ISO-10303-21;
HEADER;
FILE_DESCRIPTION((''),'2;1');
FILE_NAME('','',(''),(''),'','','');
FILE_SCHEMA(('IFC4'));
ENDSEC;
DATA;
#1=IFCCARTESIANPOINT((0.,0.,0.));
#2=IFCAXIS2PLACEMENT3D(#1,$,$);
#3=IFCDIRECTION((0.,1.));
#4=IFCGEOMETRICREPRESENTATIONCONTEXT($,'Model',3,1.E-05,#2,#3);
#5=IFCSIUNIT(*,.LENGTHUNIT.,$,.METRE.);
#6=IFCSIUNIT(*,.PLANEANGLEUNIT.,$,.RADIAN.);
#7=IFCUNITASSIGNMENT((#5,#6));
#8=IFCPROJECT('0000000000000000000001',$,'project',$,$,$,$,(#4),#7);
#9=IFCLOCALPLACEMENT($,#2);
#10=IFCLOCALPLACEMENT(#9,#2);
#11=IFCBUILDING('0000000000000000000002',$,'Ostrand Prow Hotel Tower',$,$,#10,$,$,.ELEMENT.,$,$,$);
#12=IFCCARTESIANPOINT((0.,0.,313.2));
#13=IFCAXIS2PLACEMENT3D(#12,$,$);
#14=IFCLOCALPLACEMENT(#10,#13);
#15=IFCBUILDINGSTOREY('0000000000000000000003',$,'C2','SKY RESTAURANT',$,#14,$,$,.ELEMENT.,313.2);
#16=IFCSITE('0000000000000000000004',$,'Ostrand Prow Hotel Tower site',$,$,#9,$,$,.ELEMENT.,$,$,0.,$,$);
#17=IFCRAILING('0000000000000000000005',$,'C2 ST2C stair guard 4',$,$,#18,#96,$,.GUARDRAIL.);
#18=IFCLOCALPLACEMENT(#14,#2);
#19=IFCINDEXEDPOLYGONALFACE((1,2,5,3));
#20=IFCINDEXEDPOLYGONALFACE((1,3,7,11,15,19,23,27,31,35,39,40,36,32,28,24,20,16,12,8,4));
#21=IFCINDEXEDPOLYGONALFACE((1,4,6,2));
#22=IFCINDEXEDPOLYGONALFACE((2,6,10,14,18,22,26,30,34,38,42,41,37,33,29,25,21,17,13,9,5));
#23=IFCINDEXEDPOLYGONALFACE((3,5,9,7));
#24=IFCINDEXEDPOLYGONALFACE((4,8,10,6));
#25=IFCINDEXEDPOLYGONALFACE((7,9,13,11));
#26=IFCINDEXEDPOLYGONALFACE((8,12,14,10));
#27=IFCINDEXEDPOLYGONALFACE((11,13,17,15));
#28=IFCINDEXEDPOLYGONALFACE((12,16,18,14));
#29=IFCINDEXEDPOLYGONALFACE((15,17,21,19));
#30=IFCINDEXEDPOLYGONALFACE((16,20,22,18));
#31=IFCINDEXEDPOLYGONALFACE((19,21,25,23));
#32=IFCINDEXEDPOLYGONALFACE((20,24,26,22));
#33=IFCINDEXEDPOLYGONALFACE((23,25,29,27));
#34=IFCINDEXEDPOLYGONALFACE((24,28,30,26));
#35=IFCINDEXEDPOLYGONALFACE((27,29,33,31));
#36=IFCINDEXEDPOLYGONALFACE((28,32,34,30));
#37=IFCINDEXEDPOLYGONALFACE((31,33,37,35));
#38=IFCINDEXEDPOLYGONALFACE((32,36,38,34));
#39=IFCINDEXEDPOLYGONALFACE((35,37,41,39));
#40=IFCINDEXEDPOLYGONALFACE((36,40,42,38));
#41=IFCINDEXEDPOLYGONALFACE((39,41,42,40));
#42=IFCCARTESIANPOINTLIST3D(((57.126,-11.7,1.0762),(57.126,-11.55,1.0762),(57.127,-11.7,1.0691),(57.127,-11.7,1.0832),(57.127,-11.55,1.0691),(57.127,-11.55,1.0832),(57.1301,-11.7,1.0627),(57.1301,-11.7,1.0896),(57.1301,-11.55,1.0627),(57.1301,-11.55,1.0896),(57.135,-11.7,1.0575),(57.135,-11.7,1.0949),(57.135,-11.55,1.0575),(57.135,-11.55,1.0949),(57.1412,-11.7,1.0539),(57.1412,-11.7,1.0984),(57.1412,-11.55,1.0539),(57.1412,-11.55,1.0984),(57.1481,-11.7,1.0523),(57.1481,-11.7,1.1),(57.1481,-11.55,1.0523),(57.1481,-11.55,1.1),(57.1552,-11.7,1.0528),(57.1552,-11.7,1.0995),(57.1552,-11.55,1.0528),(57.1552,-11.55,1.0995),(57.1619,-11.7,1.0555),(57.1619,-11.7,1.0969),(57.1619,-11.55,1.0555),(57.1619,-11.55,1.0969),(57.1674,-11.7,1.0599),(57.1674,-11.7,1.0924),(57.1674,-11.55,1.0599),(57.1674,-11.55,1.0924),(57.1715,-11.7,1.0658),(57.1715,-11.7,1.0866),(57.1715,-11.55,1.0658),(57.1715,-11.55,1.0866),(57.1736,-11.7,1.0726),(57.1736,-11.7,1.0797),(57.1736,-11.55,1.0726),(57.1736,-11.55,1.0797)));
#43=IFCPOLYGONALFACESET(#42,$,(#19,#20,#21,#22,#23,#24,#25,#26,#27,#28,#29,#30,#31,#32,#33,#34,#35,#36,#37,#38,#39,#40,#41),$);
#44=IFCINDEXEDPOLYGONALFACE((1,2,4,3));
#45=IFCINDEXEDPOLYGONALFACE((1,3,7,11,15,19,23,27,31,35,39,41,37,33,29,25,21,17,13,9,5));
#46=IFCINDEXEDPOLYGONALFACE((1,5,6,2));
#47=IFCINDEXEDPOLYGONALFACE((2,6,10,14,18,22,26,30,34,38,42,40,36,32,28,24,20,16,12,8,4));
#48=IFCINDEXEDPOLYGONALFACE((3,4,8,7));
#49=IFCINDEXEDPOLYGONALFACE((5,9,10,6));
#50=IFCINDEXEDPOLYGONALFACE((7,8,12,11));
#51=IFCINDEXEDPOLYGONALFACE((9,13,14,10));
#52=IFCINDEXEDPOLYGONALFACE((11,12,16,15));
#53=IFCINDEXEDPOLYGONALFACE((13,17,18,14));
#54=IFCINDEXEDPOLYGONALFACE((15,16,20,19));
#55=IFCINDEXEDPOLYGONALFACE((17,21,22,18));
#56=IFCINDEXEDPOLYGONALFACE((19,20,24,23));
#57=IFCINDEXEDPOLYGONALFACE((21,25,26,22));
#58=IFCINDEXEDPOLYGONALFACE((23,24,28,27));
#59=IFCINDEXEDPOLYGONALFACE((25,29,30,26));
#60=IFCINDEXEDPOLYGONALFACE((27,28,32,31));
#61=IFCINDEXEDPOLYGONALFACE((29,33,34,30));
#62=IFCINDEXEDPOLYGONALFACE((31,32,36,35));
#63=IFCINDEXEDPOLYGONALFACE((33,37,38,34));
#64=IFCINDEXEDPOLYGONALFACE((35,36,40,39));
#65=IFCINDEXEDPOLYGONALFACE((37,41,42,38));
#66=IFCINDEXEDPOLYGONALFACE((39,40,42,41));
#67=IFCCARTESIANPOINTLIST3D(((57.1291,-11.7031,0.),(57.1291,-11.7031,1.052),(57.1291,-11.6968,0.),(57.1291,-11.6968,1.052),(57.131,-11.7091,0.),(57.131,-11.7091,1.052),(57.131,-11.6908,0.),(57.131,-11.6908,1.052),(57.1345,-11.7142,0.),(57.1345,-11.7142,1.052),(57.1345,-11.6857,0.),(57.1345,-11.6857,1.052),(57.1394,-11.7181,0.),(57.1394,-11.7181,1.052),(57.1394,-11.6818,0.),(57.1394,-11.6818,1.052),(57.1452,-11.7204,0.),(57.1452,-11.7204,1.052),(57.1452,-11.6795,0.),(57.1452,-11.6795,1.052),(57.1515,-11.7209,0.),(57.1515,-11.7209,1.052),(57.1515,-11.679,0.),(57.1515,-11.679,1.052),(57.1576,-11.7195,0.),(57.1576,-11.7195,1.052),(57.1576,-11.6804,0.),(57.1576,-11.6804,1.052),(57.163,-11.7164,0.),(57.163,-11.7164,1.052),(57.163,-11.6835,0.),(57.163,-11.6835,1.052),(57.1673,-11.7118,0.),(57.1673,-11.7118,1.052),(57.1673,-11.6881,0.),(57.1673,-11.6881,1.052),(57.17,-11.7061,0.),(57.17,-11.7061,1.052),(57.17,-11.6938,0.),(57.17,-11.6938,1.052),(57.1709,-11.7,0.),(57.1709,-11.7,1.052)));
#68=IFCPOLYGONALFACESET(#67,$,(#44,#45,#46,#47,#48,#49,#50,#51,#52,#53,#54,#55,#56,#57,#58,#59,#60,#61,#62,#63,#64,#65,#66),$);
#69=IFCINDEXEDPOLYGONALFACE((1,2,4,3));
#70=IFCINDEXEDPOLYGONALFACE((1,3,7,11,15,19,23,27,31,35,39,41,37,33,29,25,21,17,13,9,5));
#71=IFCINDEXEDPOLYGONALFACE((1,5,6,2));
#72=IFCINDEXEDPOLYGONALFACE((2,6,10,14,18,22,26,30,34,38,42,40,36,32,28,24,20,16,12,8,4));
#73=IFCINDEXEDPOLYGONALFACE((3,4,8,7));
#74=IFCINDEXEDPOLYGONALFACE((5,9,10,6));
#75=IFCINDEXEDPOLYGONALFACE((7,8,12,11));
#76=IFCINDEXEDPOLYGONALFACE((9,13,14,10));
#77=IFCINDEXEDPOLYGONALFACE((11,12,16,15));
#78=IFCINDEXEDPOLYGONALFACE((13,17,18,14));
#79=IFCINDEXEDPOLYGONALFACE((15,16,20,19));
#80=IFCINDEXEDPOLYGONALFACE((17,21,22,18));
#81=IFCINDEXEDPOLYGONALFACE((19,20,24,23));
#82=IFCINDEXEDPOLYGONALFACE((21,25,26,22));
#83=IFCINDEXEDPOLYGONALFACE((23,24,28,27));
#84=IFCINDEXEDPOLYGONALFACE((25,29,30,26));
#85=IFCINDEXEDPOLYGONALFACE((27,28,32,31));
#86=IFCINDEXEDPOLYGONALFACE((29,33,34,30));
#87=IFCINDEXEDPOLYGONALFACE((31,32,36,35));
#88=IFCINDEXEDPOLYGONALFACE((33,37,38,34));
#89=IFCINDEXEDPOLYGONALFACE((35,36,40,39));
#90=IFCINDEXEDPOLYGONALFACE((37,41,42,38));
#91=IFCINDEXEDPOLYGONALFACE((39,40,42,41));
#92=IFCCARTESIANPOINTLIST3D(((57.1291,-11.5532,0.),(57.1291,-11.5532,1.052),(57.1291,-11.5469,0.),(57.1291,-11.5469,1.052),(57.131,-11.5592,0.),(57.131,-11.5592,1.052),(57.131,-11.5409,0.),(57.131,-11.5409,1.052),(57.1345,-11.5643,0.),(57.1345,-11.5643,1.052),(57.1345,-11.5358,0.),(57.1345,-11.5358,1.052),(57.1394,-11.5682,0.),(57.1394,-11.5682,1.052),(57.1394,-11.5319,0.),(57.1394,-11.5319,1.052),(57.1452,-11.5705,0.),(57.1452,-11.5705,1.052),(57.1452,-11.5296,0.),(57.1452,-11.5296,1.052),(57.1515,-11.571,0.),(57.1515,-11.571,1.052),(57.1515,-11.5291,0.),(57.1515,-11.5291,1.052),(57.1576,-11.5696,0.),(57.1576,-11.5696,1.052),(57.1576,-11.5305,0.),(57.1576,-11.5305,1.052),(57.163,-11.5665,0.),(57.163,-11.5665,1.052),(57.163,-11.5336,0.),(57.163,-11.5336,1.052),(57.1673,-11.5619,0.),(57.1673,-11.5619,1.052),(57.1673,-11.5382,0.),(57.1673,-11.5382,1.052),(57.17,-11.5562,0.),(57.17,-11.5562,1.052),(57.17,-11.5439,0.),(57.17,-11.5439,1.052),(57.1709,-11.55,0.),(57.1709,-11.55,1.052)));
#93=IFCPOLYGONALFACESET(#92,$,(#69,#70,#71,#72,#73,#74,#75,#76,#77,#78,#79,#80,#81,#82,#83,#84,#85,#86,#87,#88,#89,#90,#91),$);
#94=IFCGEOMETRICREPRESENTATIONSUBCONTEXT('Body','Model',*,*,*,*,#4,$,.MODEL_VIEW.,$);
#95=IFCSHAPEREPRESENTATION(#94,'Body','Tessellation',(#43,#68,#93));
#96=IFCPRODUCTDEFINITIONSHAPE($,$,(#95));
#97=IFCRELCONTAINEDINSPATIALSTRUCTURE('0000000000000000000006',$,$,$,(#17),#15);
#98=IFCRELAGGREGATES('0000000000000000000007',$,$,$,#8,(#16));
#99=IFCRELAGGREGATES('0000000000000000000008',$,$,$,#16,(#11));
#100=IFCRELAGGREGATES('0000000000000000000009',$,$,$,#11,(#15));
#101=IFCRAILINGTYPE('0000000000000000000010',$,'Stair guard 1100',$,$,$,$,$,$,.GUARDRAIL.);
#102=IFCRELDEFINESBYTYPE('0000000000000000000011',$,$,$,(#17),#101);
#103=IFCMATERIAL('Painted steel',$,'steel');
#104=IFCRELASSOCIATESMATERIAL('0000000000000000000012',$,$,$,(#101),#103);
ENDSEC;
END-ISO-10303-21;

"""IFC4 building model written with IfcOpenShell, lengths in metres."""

from ifc_helpers import new_model, si_unit, direction, frame, origin, origin_2d, place, context, subcontext, project, spatial, circle, extrude, material, type_object, element, save


model = new_model("IFC4")

# Units and contexts
model_context = context("Model", 3, precision=1e-05, world=origin(), true_north=direction((0.0, 1.0)))
body_context = subcontext(model_context, "Body", "Model", "MODEL_VIEW")
ifc_project = project(units=[si_unit("LENGTHUNIT", "METRE"), si_unit("PLANEANGLEUNIT", "RADIAN")], contexts=[model_context])

# Site, building, storey
site_placement = place(None, origin())
site = spatial("IfcSite", under=ifc_project, at=site_placement, Name="Ostrand Prow Hotel Tower site", CompositionType="ELEMENT", RefElevation=0.0)
building_placement = place(site_placement, origin())
building = spatial("IfcBuilding", under=site, at=building_placement, Name="Ostrand Prow Hotel Tower", CompositionType="ELEMENT")
storey_placement = place(building_placement, frame((0.0, 0.0, 313.2)))
storey = spatial("IfcBuildingStorey", under=building, at=storey_placement, Name="C2", Description="SKY RESTAURANT", CompositionType="ELEMENT", Elevation=313.2)

# Railing
ifc_material_1 = material(Name="Painted steel", Category="steel")
railing_type_1 = type_object("IfcRailingType", Name="Stair guard 1100", PredefinedType="GUARDRAIL", material=ifc_material_1)
railing_1_placement = place(storey_placement, frame((57.1499, -11.7, 0.0)))
element("IfcRailing", 1, at=railing_1_placement, inside=storey, type_object=railing_type_1, Name="C2 ST2C stair guard 4", PredefinedType="GUARDRAIL", context=body_context, shape_type="SweptSolid", body=[
    extrude(circle(Radius=0.0239, at=origin_2d()), frame((0.0, 0.0, 1.0762), z_axis=(0.0, 1.0, 0.0), x_axis=(-1.0, 0.0, 0.0)), (0.0, 0.0, 1.0), 0.1499),
    extrude(circle(Radius=0.021, at=origin_2d()), origin(), (0.0, 0.0, 1.0), 1.052),
    extrude(circle(Radius=0.021, at=origin_2d()), frame((0.0, 0.1499, 0.0)), (0.0, 0.0, 1.0), 1.052),
])

save(model, "model.ifc")
